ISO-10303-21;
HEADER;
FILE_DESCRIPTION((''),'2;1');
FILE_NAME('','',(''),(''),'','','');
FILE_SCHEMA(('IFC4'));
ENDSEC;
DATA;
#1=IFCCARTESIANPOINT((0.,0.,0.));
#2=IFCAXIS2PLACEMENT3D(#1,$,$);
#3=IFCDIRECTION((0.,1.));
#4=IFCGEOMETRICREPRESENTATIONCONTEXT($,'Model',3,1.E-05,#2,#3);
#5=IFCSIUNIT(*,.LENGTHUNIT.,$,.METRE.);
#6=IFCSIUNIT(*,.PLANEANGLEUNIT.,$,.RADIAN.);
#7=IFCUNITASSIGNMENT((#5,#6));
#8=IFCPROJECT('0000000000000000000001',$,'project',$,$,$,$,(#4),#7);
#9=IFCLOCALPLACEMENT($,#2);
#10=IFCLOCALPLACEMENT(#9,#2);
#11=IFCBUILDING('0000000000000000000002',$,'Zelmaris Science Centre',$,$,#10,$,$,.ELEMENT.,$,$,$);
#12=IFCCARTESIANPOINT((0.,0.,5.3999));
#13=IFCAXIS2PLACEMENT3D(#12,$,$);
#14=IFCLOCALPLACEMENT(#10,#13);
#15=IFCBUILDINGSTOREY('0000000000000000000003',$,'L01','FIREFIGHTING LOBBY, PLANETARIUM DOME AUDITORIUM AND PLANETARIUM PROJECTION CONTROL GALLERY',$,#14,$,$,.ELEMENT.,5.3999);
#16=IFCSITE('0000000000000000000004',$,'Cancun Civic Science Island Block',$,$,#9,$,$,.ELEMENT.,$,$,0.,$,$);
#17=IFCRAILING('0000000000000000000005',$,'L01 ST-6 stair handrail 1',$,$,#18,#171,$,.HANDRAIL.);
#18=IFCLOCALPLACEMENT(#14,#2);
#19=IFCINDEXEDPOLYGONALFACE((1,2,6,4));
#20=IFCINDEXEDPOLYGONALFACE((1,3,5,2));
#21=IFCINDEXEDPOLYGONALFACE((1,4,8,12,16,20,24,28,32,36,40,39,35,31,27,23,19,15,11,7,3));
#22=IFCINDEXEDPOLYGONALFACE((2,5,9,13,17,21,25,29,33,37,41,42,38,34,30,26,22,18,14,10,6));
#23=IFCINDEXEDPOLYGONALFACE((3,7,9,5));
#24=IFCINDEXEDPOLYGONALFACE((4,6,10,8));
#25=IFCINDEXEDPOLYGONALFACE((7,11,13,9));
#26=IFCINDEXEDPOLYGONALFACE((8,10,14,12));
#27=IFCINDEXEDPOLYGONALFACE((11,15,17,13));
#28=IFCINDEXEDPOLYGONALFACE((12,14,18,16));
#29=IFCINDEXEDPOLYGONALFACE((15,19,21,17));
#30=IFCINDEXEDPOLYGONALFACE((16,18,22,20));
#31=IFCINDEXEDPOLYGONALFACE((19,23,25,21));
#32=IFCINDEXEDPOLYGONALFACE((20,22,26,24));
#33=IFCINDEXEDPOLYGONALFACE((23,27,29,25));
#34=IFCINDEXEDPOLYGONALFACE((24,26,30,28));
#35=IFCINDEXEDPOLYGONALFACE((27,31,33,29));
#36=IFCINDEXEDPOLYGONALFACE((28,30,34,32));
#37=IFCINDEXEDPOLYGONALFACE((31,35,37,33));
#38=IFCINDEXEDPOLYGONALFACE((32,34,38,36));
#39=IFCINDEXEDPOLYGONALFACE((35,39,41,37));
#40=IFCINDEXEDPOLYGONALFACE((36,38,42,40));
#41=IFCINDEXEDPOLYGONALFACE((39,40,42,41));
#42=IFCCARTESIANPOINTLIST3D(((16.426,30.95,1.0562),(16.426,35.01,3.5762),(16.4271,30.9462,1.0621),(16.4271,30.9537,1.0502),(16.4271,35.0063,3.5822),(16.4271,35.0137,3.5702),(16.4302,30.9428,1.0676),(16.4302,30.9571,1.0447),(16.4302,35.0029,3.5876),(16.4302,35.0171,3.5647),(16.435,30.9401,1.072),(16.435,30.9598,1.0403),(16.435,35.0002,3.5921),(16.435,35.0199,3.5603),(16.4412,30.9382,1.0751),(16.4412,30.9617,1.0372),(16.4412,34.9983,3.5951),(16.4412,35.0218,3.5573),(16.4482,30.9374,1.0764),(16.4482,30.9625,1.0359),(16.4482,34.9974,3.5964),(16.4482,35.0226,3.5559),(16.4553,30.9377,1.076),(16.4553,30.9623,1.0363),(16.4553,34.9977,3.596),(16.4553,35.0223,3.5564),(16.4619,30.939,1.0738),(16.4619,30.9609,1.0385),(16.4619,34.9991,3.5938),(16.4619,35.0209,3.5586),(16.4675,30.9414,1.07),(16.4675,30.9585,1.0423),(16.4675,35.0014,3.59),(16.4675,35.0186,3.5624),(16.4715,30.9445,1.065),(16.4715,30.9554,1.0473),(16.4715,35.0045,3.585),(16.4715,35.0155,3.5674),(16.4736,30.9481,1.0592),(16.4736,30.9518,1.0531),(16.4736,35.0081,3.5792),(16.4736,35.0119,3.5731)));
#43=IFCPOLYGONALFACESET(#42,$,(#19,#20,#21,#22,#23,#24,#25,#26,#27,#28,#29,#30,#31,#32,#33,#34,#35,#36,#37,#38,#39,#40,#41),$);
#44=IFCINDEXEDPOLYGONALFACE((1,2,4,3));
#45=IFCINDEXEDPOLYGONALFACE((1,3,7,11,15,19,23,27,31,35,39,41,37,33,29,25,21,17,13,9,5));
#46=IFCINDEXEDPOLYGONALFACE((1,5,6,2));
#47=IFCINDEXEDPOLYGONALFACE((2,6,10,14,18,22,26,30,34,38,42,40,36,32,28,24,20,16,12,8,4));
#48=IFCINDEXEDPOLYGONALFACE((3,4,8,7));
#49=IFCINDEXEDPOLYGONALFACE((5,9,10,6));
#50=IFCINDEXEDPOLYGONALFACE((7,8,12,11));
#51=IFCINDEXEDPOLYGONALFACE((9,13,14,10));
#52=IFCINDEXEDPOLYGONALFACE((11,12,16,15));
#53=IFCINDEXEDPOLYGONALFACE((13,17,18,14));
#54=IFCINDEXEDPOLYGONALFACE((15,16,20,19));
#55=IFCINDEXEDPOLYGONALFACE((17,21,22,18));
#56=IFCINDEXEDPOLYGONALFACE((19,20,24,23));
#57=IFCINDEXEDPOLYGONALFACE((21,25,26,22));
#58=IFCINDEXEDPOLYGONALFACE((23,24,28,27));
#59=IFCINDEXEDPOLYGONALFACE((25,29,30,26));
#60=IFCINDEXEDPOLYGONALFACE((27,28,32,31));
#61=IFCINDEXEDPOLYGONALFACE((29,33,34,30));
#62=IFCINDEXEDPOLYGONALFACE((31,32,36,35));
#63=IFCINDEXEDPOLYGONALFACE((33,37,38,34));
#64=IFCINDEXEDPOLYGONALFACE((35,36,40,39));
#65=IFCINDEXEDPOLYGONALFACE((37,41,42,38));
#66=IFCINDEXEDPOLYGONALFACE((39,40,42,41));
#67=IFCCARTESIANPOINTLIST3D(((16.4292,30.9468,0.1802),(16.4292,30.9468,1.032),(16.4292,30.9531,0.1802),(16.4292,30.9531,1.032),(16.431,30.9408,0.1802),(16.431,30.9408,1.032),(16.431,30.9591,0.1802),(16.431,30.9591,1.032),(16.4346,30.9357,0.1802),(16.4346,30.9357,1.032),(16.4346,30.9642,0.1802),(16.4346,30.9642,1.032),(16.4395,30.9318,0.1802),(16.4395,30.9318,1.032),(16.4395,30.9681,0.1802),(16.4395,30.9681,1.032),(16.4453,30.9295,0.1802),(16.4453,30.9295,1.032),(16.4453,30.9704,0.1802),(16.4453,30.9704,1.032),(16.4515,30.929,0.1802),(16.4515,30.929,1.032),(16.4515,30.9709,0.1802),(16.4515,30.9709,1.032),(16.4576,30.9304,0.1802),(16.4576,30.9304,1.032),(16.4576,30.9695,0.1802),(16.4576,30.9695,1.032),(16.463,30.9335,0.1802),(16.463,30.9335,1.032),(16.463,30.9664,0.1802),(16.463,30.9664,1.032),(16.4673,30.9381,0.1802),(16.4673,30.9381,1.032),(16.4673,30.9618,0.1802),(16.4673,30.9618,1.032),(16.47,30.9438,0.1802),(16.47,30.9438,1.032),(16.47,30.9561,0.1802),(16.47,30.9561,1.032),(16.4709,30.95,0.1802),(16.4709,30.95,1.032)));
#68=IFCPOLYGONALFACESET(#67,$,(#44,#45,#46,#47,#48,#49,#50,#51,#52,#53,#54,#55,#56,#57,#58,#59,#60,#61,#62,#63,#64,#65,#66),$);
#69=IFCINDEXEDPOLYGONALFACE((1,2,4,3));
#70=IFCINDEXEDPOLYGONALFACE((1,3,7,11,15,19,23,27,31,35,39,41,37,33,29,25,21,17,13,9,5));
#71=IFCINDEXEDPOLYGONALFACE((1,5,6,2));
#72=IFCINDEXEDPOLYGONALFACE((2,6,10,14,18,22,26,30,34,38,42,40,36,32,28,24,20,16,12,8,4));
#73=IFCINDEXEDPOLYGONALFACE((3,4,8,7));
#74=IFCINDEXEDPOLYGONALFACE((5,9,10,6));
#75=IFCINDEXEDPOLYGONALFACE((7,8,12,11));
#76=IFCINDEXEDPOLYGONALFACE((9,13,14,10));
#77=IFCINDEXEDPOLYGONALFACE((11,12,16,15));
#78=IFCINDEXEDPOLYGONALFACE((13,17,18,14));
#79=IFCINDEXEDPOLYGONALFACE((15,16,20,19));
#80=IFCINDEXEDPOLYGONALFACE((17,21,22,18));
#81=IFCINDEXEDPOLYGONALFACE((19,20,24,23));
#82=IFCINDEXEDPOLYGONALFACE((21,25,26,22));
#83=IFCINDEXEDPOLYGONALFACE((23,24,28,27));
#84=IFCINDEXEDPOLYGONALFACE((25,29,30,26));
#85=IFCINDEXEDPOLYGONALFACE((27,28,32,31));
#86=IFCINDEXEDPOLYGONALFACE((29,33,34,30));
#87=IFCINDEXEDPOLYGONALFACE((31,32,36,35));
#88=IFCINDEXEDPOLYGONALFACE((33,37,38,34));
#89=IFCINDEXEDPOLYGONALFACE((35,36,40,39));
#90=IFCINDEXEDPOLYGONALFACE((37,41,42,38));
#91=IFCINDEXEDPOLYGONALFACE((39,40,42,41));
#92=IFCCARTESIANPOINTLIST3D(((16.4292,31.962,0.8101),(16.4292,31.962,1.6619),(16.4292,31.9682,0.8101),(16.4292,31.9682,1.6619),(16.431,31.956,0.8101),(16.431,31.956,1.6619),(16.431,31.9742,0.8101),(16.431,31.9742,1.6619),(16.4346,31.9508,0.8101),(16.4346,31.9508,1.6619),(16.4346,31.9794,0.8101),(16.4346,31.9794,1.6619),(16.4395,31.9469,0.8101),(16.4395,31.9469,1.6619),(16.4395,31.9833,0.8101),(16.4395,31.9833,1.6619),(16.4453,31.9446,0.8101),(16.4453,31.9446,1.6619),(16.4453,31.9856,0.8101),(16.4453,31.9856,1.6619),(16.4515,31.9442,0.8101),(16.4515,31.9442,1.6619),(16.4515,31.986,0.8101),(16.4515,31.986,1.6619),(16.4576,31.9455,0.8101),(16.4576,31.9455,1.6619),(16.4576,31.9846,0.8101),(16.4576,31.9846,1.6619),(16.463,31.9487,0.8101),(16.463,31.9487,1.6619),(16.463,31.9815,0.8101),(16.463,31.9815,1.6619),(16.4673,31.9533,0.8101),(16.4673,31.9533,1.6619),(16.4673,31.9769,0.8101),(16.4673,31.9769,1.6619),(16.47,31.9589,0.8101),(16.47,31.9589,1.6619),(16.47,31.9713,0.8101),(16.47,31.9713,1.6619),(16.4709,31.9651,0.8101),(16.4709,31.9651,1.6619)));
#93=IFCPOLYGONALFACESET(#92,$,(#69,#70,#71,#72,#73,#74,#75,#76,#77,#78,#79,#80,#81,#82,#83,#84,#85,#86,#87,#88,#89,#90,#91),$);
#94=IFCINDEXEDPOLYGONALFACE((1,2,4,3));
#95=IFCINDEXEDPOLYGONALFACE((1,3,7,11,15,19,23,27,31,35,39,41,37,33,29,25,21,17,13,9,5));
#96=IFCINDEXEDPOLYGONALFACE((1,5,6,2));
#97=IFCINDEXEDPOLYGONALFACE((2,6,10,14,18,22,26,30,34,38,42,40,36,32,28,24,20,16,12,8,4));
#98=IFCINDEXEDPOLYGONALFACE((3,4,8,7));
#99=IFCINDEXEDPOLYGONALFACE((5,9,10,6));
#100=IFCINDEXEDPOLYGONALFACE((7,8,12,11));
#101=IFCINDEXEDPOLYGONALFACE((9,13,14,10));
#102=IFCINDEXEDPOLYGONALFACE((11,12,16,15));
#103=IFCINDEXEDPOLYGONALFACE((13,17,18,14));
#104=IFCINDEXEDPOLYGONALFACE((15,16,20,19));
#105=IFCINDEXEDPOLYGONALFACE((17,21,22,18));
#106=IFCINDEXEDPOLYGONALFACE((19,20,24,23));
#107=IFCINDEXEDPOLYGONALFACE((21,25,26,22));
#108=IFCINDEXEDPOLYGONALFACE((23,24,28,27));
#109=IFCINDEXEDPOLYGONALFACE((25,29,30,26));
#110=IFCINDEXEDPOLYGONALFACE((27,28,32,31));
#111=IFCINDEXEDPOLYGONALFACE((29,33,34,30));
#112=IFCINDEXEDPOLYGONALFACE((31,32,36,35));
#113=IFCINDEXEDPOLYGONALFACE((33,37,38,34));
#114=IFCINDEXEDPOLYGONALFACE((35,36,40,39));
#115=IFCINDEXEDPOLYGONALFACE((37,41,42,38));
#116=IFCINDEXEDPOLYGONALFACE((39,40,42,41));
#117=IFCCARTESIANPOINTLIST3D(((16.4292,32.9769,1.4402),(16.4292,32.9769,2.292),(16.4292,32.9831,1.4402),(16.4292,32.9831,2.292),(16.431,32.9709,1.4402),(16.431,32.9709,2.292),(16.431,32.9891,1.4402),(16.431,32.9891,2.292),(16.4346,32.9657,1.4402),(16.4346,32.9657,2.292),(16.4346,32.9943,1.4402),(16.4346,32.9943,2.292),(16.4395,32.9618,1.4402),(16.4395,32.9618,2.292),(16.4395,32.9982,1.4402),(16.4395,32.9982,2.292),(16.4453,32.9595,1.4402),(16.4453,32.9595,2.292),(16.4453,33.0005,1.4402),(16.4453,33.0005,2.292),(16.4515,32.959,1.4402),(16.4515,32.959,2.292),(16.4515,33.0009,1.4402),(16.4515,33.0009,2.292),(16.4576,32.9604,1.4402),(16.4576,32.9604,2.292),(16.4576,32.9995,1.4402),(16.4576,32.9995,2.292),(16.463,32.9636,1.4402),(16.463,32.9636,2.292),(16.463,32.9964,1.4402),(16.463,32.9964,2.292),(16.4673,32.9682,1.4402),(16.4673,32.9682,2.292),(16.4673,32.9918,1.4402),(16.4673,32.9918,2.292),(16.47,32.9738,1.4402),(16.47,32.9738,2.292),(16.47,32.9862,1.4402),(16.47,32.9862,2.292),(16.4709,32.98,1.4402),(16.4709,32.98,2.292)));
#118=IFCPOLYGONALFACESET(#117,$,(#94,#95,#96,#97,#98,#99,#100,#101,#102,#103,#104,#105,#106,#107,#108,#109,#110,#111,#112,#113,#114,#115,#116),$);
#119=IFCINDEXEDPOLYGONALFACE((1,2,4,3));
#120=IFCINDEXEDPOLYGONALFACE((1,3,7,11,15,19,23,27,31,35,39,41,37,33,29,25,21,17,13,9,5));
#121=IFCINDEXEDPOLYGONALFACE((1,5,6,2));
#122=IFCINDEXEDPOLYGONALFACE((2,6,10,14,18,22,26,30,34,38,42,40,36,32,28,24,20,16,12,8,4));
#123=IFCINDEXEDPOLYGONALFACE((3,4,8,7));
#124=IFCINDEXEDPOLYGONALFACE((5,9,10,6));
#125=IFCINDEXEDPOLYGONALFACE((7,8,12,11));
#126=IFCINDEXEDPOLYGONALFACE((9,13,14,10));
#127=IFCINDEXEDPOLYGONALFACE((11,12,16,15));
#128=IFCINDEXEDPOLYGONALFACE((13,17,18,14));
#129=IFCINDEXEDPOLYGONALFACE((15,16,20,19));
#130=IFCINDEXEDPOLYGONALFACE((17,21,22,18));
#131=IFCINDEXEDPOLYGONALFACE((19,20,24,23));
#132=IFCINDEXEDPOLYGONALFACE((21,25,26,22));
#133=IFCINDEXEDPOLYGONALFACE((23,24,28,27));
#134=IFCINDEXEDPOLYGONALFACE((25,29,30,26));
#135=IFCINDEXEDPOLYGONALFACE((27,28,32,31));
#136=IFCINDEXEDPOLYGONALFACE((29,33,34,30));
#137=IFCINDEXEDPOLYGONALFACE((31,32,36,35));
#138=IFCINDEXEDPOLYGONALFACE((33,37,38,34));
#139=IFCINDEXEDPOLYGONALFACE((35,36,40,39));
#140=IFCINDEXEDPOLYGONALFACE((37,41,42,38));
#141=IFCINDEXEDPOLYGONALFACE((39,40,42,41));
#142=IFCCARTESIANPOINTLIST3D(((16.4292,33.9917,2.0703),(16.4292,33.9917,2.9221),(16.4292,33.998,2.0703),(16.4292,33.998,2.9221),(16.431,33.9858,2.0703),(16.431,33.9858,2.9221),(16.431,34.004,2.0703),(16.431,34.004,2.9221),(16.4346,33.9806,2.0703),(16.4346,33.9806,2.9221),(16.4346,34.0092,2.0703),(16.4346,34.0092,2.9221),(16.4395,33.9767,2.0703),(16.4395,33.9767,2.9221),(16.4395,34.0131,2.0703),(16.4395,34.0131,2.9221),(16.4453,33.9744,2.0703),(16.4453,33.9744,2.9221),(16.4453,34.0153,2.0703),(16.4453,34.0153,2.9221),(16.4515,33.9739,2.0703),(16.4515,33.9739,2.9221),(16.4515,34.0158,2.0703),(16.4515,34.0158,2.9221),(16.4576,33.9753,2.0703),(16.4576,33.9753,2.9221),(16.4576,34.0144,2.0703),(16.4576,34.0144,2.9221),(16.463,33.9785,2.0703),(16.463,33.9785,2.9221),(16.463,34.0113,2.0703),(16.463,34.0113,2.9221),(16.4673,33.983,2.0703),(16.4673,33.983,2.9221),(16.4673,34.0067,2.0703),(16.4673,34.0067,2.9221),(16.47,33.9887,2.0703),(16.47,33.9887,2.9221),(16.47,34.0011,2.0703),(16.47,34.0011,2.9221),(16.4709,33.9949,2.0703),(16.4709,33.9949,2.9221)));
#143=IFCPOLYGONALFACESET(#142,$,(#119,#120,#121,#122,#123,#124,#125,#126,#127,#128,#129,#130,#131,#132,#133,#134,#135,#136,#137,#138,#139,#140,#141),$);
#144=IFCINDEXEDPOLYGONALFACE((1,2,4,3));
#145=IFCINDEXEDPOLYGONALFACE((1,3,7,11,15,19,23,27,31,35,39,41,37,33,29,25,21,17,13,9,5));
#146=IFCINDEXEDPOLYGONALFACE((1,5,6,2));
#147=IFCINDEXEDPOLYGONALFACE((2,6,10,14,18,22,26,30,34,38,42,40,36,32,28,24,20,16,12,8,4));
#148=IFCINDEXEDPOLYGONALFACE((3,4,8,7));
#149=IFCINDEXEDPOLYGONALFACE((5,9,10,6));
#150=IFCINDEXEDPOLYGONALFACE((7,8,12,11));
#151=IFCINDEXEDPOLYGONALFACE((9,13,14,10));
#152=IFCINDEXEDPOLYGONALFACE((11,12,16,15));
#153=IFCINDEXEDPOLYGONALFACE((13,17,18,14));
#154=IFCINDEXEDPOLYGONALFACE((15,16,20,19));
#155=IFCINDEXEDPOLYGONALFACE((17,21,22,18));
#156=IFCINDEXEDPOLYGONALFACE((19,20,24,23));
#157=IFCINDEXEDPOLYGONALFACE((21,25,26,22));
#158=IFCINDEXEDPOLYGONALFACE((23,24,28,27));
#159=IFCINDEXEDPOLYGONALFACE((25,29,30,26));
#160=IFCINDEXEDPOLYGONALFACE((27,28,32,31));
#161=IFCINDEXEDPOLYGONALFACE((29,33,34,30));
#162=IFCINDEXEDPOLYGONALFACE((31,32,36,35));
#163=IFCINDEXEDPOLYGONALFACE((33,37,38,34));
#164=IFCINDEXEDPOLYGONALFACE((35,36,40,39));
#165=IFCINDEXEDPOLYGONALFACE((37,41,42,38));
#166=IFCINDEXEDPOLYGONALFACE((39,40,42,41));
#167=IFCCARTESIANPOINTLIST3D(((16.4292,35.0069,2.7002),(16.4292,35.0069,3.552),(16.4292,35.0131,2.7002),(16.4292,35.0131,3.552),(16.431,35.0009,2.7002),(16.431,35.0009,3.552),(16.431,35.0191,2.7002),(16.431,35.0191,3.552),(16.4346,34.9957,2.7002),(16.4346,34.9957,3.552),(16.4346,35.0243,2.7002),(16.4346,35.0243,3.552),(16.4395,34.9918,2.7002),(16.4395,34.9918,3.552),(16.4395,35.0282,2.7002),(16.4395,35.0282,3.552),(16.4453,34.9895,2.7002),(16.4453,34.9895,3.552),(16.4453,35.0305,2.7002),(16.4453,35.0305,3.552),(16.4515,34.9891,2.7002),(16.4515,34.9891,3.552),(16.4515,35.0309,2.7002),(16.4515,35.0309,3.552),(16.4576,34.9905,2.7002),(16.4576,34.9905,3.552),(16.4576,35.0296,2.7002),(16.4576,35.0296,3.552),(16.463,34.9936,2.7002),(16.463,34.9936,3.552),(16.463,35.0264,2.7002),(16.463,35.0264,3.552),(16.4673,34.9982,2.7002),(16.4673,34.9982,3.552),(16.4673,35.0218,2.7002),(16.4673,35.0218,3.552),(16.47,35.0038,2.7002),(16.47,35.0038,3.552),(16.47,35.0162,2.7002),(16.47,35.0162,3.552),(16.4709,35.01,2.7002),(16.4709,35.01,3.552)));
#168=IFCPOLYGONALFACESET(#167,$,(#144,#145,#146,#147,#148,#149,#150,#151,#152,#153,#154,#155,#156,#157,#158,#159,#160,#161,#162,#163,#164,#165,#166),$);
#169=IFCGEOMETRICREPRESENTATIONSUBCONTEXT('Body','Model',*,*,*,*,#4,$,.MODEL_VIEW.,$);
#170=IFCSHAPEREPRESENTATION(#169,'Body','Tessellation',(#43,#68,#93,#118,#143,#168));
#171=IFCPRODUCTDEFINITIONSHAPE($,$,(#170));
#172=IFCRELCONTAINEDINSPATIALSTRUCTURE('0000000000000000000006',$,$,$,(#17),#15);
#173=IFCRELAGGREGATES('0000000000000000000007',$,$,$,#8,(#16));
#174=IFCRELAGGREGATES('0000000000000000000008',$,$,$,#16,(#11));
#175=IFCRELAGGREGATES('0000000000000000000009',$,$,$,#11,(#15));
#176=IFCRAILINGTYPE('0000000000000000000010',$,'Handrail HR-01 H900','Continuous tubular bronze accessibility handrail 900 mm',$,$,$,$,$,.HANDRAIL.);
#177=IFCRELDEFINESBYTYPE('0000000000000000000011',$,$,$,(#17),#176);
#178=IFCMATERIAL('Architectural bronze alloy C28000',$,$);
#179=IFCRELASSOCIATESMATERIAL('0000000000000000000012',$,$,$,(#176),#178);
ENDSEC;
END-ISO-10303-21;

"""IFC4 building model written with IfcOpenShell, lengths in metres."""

from ifc_helpers import new_model, si_unit, direction, frame, origin, origin_2d, place, context, subcontext, project, spatial, circle, extrude, material, type_object, element, save


model = new_model("IFC4")

# Units and contexts
model_context = context("Model", 3, precision=1e-05, world=origin(), true_north=direction((0.0, 1.0)))
body_context = subcontext(model_context, "Body", "Model", "MODEL_VIEW")
ifc_project = project(units=[si_unit("LENGTHUNIT", "METRE"), si_unit("PLANEANGLEUNIT", "RADIAN")], contexts=[model_context])

# Site, building, storey
site_placement = place(None, origin())
site = spatial("IfcSite", under=ifc_project, at=site_placement, Name="Cancun Civic Science Island Block", CompositionType="ELEMENT", RefElevation=0.0)
building_placement = place(site_placement, origin())
building = spatial("IfcBuilding", under=site, at=building_placement, Name="Zelmaris Science Centre", CompositionType="ELEMENT")
storey_placement = place(building_placement, frame((0.0, 0.0, 5.3999)))
storey = spatial("IfcBuildingStorey", under=building, at=storey_placement, Name="L01", Description="FIREFIGHTING LOBBY, PLANETARIUM DOME AUDITORIUM AND PLANETARIUM PROJECTION CONTROL GALLERY", CompositionType="ELEMENT", Elevation=5.3999)

# Shared definitions
ifc_material_1 = material(Name="Architectural bronze alloy C28000")

# Railing
railing_type_1 = type_object("IfcRailingType", Name="Handrail HR-01 H900", Description="Continuous tubular bronze accessibility handrail 900 mm", PredefinedType="HANDRAIL", material=ifc_material_1)
railing_1_placement = place(storey_placement, frame((16.45, 30.95, 0.1802)))
element("IfcRailing", 1, at=railing_1_placement, inside=storey, type_object=railing_type_1, Name="L01 ST-6 stair handrail 1", PredefinedType="HANDRAIL", context=body_context, shape_type="SweptSolid", body=[
    extrude(circle(Radius=0.0239, at=origin_2d()), frame((0.0, 0.0, 0.876), z_axis=(0.0, 0.849642, 0.52736), x_axis=(-1.0, 0.0, 0.0)), (0.0, 0.0, 1.0), 4.7786),
    extrude(circle(Radius=0.021, at=origin_2d()), origin(), (0.0, 0.0, 1.0), 0.8518),
    extrude(circle(Radius=0.021, at=origin_2d()), frame((0.0, 1.0151, 0.6299)), (0.0, 0.0, 1.0), 0.8518),
    extrude(circle(Radius=0.021, at=origin_2d()), frame((0.0, 2.03, 1.26)), (0.0, 0.0, 1.0), 0.8518),
    extrude(circle(Radius=0.021, at=origin_2d()), frame((0.0, 3.0449, 1.8901)), (0.0, 0.0, 1.0), 0.8518),
    extrude(circle(Radius=0.021, at=origin_2d()), frame((0.0, 4.0601, 2.52)), (0.0, 0.0, 1.0), 0.8518),
])

save(model, "model.ifc")
